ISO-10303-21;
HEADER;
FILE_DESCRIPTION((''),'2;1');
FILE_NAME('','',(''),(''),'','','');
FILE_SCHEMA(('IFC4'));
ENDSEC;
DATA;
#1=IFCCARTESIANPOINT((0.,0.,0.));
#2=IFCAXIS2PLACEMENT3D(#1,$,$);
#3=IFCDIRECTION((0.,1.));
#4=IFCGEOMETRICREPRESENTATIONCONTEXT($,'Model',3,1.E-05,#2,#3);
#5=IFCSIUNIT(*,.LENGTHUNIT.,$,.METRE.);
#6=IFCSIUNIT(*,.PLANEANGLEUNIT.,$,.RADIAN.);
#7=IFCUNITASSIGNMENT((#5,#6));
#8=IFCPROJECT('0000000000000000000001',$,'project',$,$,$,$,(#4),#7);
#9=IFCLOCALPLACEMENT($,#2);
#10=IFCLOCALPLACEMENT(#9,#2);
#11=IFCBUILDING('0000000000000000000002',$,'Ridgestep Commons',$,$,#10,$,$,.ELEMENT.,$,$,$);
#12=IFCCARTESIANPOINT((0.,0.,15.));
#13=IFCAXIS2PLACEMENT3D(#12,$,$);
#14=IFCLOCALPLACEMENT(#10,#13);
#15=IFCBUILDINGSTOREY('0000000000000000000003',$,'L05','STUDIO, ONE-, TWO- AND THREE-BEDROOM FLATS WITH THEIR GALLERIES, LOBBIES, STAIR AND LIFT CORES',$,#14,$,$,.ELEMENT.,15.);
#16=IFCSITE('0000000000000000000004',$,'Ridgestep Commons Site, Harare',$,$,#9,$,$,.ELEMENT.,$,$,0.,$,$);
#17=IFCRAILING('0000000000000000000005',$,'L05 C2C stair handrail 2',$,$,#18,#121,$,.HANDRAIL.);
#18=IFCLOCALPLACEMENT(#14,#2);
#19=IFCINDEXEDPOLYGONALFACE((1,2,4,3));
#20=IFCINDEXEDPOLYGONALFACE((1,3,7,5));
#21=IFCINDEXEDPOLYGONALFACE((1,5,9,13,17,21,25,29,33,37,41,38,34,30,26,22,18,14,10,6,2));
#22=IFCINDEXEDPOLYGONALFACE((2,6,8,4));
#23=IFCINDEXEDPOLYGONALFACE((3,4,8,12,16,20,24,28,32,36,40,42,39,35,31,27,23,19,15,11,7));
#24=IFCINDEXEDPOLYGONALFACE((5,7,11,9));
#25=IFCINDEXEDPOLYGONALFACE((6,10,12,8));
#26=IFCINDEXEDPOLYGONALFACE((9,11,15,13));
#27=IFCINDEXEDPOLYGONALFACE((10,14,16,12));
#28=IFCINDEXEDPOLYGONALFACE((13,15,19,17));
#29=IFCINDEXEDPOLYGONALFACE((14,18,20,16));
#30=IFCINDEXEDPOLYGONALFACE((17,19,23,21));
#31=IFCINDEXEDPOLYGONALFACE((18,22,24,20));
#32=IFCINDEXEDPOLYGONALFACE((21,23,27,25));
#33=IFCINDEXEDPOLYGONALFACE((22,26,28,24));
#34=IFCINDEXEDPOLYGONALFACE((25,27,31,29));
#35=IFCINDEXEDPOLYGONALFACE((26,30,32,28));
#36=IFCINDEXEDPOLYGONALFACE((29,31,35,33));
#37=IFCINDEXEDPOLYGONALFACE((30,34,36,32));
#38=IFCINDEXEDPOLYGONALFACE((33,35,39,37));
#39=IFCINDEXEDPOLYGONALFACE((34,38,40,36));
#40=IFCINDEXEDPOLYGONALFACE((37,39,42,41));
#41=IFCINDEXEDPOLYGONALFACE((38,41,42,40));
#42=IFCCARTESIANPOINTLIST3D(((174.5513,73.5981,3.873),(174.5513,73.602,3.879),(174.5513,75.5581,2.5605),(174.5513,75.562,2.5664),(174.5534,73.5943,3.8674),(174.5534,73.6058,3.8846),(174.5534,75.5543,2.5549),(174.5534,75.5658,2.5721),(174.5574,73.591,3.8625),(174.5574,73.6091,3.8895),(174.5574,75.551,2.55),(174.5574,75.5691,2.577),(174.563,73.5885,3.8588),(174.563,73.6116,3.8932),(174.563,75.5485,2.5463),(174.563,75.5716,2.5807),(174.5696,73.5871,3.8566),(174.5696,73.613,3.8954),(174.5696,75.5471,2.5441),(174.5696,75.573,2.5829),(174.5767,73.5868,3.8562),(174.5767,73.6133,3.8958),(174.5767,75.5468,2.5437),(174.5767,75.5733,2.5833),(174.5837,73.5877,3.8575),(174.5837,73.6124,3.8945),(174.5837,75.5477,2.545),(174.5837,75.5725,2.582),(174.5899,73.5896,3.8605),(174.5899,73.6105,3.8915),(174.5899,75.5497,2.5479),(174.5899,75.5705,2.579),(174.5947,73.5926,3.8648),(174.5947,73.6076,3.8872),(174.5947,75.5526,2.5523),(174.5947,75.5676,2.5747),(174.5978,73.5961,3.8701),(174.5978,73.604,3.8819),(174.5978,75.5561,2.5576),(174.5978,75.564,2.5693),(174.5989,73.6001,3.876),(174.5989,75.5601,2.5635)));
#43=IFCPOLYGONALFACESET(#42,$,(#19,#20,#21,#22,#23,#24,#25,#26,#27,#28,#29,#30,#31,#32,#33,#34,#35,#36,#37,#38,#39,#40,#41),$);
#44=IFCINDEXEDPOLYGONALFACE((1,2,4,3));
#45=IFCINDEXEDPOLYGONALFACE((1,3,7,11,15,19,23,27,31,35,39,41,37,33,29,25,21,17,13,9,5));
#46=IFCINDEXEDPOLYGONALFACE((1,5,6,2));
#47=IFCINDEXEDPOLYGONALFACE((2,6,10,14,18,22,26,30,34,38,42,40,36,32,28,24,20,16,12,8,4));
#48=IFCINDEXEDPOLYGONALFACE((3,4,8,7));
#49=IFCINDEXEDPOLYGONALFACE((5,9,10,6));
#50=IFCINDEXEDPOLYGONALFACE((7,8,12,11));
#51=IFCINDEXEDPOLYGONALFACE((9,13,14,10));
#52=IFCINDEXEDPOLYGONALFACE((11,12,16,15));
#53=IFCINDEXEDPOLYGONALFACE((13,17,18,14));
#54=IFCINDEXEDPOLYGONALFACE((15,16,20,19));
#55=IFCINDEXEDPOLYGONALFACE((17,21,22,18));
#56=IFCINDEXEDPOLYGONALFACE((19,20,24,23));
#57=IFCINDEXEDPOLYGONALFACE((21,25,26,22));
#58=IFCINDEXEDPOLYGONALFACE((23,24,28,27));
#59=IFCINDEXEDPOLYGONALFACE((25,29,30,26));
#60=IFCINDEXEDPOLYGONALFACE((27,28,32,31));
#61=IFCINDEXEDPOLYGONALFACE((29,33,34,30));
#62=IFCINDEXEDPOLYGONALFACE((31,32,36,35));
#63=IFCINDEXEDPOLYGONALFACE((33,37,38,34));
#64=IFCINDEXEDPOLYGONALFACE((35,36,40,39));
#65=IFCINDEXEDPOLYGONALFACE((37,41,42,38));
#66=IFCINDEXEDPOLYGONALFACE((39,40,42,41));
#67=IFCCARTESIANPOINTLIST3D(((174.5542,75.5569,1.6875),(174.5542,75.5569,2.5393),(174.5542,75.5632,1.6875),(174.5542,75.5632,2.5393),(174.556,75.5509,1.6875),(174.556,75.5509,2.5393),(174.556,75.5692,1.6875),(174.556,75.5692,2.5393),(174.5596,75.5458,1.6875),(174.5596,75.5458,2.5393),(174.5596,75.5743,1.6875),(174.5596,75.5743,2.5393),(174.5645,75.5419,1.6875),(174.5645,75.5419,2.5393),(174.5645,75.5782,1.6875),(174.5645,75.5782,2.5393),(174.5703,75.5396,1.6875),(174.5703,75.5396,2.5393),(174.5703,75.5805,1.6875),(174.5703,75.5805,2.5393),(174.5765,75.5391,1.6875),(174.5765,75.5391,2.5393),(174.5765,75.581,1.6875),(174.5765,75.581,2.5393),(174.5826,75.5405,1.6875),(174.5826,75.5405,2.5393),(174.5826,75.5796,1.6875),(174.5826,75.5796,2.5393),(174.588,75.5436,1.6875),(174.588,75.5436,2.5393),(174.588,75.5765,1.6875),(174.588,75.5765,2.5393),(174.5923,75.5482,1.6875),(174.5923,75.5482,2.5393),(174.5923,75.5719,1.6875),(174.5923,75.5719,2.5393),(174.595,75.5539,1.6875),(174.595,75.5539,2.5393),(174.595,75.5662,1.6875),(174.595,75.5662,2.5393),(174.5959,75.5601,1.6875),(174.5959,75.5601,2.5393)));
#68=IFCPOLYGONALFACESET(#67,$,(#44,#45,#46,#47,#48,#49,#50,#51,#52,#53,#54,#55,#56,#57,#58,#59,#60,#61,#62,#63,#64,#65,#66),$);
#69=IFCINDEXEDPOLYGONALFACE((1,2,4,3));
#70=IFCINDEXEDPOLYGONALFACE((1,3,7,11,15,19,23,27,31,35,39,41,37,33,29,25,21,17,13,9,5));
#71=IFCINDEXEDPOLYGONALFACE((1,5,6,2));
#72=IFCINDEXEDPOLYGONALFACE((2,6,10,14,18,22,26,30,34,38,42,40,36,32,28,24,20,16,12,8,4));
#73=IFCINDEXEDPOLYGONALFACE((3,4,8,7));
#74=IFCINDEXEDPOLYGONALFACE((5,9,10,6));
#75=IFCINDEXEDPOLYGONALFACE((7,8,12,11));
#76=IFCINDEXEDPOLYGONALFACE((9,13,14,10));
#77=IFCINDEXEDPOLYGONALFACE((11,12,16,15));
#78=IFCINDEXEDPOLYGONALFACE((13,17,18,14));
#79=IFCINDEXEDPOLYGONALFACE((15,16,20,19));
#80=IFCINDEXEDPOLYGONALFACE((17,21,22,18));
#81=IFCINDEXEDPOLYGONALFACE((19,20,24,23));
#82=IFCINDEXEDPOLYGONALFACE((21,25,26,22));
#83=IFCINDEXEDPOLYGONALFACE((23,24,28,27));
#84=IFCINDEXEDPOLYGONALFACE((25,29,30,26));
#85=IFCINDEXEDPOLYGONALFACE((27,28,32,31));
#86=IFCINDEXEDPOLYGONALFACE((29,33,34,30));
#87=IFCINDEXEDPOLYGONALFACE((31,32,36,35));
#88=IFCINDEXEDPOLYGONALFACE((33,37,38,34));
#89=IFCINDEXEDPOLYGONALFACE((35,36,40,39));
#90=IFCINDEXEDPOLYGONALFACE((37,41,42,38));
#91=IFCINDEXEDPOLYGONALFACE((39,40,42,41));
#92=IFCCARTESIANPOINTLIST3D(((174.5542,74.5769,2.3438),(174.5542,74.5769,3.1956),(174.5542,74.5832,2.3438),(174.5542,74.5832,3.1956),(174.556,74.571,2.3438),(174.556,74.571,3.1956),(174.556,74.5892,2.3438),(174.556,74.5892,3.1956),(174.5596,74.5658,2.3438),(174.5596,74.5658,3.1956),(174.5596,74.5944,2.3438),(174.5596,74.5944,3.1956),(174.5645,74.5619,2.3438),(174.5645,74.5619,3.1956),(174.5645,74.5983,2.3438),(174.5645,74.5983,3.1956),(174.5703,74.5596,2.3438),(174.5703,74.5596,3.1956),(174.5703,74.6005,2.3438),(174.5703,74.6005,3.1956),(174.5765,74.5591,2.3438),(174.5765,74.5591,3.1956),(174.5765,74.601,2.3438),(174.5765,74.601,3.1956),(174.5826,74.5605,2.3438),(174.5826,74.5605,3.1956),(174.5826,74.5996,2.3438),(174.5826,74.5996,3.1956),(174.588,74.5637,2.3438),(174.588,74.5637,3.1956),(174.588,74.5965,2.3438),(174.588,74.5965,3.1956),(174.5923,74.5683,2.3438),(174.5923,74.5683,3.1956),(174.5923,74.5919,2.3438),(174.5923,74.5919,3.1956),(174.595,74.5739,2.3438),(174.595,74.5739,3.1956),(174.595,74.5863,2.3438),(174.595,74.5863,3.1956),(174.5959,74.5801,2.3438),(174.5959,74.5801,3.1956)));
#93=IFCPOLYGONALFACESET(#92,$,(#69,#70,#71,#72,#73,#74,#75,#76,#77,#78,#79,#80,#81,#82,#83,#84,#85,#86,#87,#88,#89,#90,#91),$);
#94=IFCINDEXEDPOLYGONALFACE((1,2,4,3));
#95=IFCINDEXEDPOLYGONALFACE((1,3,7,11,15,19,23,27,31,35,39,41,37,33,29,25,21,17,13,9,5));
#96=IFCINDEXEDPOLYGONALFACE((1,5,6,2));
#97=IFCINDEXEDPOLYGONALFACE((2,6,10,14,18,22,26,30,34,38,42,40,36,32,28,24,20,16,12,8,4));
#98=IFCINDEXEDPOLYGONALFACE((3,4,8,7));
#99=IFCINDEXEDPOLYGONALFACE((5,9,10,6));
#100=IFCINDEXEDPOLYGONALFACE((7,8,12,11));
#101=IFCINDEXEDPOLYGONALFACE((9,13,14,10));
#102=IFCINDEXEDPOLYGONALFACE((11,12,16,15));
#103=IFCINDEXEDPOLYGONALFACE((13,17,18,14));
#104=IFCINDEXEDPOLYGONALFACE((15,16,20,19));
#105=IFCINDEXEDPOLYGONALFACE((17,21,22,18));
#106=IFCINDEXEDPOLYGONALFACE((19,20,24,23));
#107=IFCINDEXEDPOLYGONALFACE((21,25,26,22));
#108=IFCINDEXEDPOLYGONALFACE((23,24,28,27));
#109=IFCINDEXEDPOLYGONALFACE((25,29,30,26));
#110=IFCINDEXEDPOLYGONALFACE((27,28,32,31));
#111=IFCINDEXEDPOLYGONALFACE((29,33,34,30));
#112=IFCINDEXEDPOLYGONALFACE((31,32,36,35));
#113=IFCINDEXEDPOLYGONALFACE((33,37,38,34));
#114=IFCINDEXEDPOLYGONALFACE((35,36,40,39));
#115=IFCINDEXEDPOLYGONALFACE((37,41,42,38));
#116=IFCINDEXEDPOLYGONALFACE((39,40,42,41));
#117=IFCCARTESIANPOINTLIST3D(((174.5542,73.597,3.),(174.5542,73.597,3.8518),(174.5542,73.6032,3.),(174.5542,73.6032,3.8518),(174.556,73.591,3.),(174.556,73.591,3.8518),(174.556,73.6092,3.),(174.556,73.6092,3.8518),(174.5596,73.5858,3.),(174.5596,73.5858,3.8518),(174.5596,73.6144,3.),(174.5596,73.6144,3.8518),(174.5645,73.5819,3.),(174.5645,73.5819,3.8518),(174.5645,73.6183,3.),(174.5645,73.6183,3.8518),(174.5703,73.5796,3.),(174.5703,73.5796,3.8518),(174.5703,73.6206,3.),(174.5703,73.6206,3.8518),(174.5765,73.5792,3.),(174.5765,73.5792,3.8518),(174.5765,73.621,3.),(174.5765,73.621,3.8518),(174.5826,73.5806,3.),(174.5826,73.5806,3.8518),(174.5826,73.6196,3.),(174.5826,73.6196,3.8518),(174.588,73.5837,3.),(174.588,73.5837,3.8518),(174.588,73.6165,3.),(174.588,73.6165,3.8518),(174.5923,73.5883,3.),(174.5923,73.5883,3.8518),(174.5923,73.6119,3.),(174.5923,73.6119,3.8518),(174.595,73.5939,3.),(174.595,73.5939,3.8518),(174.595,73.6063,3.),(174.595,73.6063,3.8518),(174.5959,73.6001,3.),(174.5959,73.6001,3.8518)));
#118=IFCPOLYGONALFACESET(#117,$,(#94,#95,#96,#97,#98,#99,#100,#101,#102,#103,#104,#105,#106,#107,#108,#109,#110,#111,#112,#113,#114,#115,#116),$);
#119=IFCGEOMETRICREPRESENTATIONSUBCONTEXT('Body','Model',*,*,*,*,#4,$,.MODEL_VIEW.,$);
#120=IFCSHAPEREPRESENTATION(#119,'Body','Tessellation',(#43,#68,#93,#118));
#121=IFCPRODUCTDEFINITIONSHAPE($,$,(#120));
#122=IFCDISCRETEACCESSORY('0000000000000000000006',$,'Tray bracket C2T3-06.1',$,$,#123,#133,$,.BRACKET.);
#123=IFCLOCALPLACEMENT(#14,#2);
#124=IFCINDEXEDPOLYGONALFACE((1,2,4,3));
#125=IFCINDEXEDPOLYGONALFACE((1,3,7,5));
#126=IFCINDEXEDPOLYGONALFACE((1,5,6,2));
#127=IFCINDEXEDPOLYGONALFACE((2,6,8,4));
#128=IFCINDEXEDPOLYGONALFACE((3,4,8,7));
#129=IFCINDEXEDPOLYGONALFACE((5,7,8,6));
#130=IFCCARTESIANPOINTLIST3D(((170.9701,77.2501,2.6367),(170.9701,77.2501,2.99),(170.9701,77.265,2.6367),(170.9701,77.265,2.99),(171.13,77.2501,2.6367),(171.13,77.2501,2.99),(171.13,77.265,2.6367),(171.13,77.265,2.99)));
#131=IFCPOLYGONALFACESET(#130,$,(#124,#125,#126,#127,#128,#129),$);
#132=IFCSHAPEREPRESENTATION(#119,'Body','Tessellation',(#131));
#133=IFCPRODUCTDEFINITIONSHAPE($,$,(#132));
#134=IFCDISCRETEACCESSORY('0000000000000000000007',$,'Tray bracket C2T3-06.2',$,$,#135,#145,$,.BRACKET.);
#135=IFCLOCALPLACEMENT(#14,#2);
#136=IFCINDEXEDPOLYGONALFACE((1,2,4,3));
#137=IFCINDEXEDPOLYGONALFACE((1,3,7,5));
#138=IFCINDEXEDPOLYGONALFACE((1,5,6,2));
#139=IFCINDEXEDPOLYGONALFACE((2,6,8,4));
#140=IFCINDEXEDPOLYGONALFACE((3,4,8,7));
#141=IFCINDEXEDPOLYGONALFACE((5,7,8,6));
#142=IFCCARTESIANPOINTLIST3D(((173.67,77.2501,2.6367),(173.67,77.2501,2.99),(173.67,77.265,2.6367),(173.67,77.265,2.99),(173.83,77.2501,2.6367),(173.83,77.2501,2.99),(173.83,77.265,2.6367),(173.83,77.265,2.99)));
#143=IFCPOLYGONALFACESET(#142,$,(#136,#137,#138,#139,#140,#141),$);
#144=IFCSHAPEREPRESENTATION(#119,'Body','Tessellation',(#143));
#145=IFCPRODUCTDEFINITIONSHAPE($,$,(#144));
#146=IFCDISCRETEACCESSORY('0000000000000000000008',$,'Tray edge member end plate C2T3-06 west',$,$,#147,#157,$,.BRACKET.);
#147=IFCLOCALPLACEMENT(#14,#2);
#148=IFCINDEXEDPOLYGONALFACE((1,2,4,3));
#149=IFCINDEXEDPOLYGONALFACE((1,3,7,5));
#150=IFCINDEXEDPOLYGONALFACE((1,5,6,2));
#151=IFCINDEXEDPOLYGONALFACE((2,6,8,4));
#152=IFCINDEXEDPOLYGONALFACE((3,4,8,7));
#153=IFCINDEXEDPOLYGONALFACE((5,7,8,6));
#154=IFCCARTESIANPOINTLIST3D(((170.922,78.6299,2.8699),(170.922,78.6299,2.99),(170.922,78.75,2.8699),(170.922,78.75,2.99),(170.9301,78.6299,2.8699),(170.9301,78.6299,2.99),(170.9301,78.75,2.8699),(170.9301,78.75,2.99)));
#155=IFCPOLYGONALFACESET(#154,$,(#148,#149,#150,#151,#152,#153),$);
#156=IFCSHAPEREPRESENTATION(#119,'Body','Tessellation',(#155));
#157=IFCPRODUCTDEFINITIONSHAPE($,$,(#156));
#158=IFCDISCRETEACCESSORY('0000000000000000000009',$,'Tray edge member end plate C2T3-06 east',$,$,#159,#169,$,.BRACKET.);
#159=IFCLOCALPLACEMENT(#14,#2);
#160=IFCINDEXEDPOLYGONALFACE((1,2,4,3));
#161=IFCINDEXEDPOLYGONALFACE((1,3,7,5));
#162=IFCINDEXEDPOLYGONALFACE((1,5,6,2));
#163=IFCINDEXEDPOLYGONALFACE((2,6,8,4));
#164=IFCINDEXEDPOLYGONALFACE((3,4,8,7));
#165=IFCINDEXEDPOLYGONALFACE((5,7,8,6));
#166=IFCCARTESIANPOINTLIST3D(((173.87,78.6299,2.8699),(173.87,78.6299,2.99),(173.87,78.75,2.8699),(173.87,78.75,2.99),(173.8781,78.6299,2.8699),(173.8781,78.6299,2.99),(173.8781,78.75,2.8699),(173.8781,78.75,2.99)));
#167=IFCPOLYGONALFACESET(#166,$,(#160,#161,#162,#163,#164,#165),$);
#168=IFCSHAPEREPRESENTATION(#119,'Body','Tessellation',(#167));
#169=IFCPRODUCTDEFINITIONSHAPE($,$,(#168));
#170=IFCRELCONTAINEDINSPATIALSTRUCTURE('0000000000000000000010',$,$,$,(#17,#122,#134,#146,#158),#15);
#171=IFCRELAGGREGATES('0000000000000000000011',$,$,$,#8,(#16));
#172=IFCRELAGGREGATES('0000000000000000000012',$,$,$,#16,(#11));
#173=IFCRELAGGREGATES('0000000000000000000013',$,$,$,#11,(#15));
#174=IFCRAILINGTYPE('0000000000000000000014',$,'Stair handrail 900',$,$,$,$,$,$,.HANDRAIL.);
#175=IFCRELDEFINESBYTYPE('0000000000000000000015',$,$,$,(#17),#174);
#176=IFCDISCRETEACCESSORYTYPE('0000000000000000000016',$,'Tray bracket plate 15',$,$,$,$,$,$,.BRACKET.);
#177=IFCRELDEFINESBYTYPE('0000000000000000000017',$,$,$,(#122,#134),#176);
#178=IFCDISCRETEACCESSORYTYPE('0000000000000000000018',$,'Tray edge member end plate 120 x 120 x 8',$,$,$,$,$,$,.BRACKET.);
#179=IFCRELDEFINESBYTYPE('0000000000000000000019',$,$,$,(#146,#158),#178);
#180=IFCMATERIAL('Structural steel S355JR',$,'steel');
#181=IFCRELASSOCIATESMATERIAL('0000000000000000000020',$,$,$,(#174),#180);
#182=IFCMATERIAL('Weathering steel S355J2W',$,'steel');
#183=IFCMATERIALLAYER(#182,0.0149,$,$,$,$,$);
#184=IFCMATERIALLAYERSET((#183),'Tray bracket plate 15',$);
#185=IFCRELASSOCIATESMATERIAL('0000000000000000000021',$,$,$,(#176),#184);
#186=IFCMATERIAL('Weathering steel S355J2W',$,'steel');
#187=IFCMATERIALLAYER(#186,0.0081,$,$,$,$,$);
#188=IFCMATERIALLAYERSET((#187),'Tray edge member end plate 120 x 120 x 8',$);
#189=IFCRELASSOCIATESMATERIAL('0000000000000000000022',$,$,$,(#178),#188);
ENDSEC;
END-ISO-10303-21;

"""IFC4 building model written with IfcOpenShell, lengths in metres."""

from ifc_helpers import new_model, si_unit, direction, frame, origin, origin_2d, place, context, subcontext, project, spatial, rectangle, circle, extrude, material, layer, layer_set, type_object, element, save


model = new_model("IFC4")

# Units and contexts
model_context = context("Model", 3, precision=1e-05, world=origin(), true_north=direction((0.0, 1.0)))
body_context = subcontext(model_context, "Body", "Model", "MODEL_VIEW")
ifc_project = project(units=[si_unit("LENGTHUNIT", "METRE"), si_unit("PLANEANGLEUNIT", "RADIAN")], contexts=[model_context])

# Site, building, storey
site_placement = place(None, origin())
site = spatial("IfcSite", under=ifc_project, at=site_placement, Name="Ridgestep Commons Site, Harare", CompositionType="ELEMENT", RefElevation=0.0)
building_placement = place(site_placement, origin())
building = spatial("IfcBuilding", under=site, at=building_placement, Name="Ridgestep Commons", CompositionType="ELEMENT")
storey_placement = place(building_placement, frame((0.0, 0.0, 15.0)))
storey = spatial("IfcBuildingStorey", under=building, at=storey_placement, Name="L05", Description="STUDIO, ONE-, TWO- AND THREE-BEDROOM FLATS WITH THEIR GALLERIES, LOBBIES, STAIR AND LIFT CORES", CompositionType="ELEMENT", Elevation=15.0)

# Railing
ifc_material_1 = material(Name="Structural steel S355JR", Category="steel")
railing_type_1 = type_object("IfcRailingType", Name="Stair handrail 900", PredefinedType="HANDRAIL", material=ifc_material_1)
railing_1_placement = place(storey_placement, frame((174.575, 75.5601, 1.6875)))
element("IfcRailing", 1, at=railing_1_placement, inside=storey, type_object=railing_type_1, Name="L05 C2C stair handrail 2", PredefinedType="HANDRAIL", context=body_context, shape_type="SweptSolid", body=[
    extrude(circle(Radius=0.0239, at=origin_2d()), frame((0.0, 0.0, 0.876), z_axis=(0.0, -0.830902, 0.556419), x_axis=(1.0, 0.0, 0.0)), (0.0, 0.0, 1.0), 2.3589),
    extrude(circle(Radius=0.021, at=origin_2d()), origin(), (0.0, 0.0, 1.0), 0.8518),
    extrude(circle(Radius=0.021, at=origin_2d()), frame((0.0, -0.98, 0.6562)), (0.0, 0.0, 1.0), 0.8518),
    extrude(circle(Radius=0.021, at=origin_2d()), frame((0.0, -1.96, 1.3125)), (0.0, 0.0, 1.0), 0.8518),
])

# Discrete accessories
ifc_material_2 = material(Name="Weathering steel S355J2W", Category="steel")
ifc_layer_1 = layer(ifc_material_2, 0.0149)
ifc_layer_set_1 = layer_set([ifc_layer_1], Name="Tray bracket plate 15")
discrete_accessory_type_1 = type_object("IfcDiscreteAccessoryType", Name="Tray bracket plate 15", PredefinedType="BRACKET", material=ifc_layer_set_1)
for number, where, z_axis, x_axis, name in (
    (2, (171.05, 77.2576, 2.6367), (0.0, 0.0, 1.0), (1.0, 0.0, 0.0), "Tray bracket C2T3-06.1"),
    (3, (173.75, 77.2576, 2.6367), (0.0, 0.0, 1.0), (1.0, 0.0, 0.0), "Tray bracket C2T3-06.2"),
):
    element("IfcDiscreteAccessory", number, at=place(storey_placement, frame(where, z_axis=z_axis, x_axis=x_axis)), inside=storey, type_object=discrete_accessory_type_1, Name=name, PredefinedType="BRACKET", context=body_context, shape_type="SweptSolid", body=[
        extrude(rectangle(XDim=0.1599, YDim=0.0149, at=origin_2d()), origin(), (0.0, 0.0, 1.0), 0.3533),
    ])
ifc_material_3 = material(Name="Weathering steel S355J2W", Category="steel")
ifc_layer_2 = layer(ifc_material_3, 0.0081)
ifc_layer_set_2 = layer_set([ifc_layer_2], Name="Tray edge member end plate 120 x 120 x 8")
discrete_accessory_type_2 = type_object("IfcDiscreteAccessoryType", Name="Tray edge member end plate 120 x 120 x 8", PredefinedType="BRACKET", material=ifc_layer_set_2)
for number, where, z_axis, x_axis, name in (
    (4, (170.926, 78.6899, 2.8699), (0.0, 0.0, 1.0), (1.0, 0.0, 0.0), "Tray edge member end plate C2T3-06 west"),
    (5, (173.874, 78.6899, 2.8699), (0.0, 0.0, 1.0), (1.0, 0.0, 0.0), "Tray edge member end plate C2T3-06 east"),
):
    element("IfcDiscreteAccessory", number, at=place(storey_placement, frame(where, z_axis=z_axis, x_axis=x_axis)), inside=storey, type_object=discrete_accessory_type_2, Name=name, PredefinedType="BRACKET", context=body_context, shape_type="SweptSolid", body=[
        extrude(rectangle(XDim=0.0081, YDim=0.1201, at=origin_2d()), origin(), (0.0, 0.0, 1.0), 0.1201),
    ])

save(model, "model.ifc")
